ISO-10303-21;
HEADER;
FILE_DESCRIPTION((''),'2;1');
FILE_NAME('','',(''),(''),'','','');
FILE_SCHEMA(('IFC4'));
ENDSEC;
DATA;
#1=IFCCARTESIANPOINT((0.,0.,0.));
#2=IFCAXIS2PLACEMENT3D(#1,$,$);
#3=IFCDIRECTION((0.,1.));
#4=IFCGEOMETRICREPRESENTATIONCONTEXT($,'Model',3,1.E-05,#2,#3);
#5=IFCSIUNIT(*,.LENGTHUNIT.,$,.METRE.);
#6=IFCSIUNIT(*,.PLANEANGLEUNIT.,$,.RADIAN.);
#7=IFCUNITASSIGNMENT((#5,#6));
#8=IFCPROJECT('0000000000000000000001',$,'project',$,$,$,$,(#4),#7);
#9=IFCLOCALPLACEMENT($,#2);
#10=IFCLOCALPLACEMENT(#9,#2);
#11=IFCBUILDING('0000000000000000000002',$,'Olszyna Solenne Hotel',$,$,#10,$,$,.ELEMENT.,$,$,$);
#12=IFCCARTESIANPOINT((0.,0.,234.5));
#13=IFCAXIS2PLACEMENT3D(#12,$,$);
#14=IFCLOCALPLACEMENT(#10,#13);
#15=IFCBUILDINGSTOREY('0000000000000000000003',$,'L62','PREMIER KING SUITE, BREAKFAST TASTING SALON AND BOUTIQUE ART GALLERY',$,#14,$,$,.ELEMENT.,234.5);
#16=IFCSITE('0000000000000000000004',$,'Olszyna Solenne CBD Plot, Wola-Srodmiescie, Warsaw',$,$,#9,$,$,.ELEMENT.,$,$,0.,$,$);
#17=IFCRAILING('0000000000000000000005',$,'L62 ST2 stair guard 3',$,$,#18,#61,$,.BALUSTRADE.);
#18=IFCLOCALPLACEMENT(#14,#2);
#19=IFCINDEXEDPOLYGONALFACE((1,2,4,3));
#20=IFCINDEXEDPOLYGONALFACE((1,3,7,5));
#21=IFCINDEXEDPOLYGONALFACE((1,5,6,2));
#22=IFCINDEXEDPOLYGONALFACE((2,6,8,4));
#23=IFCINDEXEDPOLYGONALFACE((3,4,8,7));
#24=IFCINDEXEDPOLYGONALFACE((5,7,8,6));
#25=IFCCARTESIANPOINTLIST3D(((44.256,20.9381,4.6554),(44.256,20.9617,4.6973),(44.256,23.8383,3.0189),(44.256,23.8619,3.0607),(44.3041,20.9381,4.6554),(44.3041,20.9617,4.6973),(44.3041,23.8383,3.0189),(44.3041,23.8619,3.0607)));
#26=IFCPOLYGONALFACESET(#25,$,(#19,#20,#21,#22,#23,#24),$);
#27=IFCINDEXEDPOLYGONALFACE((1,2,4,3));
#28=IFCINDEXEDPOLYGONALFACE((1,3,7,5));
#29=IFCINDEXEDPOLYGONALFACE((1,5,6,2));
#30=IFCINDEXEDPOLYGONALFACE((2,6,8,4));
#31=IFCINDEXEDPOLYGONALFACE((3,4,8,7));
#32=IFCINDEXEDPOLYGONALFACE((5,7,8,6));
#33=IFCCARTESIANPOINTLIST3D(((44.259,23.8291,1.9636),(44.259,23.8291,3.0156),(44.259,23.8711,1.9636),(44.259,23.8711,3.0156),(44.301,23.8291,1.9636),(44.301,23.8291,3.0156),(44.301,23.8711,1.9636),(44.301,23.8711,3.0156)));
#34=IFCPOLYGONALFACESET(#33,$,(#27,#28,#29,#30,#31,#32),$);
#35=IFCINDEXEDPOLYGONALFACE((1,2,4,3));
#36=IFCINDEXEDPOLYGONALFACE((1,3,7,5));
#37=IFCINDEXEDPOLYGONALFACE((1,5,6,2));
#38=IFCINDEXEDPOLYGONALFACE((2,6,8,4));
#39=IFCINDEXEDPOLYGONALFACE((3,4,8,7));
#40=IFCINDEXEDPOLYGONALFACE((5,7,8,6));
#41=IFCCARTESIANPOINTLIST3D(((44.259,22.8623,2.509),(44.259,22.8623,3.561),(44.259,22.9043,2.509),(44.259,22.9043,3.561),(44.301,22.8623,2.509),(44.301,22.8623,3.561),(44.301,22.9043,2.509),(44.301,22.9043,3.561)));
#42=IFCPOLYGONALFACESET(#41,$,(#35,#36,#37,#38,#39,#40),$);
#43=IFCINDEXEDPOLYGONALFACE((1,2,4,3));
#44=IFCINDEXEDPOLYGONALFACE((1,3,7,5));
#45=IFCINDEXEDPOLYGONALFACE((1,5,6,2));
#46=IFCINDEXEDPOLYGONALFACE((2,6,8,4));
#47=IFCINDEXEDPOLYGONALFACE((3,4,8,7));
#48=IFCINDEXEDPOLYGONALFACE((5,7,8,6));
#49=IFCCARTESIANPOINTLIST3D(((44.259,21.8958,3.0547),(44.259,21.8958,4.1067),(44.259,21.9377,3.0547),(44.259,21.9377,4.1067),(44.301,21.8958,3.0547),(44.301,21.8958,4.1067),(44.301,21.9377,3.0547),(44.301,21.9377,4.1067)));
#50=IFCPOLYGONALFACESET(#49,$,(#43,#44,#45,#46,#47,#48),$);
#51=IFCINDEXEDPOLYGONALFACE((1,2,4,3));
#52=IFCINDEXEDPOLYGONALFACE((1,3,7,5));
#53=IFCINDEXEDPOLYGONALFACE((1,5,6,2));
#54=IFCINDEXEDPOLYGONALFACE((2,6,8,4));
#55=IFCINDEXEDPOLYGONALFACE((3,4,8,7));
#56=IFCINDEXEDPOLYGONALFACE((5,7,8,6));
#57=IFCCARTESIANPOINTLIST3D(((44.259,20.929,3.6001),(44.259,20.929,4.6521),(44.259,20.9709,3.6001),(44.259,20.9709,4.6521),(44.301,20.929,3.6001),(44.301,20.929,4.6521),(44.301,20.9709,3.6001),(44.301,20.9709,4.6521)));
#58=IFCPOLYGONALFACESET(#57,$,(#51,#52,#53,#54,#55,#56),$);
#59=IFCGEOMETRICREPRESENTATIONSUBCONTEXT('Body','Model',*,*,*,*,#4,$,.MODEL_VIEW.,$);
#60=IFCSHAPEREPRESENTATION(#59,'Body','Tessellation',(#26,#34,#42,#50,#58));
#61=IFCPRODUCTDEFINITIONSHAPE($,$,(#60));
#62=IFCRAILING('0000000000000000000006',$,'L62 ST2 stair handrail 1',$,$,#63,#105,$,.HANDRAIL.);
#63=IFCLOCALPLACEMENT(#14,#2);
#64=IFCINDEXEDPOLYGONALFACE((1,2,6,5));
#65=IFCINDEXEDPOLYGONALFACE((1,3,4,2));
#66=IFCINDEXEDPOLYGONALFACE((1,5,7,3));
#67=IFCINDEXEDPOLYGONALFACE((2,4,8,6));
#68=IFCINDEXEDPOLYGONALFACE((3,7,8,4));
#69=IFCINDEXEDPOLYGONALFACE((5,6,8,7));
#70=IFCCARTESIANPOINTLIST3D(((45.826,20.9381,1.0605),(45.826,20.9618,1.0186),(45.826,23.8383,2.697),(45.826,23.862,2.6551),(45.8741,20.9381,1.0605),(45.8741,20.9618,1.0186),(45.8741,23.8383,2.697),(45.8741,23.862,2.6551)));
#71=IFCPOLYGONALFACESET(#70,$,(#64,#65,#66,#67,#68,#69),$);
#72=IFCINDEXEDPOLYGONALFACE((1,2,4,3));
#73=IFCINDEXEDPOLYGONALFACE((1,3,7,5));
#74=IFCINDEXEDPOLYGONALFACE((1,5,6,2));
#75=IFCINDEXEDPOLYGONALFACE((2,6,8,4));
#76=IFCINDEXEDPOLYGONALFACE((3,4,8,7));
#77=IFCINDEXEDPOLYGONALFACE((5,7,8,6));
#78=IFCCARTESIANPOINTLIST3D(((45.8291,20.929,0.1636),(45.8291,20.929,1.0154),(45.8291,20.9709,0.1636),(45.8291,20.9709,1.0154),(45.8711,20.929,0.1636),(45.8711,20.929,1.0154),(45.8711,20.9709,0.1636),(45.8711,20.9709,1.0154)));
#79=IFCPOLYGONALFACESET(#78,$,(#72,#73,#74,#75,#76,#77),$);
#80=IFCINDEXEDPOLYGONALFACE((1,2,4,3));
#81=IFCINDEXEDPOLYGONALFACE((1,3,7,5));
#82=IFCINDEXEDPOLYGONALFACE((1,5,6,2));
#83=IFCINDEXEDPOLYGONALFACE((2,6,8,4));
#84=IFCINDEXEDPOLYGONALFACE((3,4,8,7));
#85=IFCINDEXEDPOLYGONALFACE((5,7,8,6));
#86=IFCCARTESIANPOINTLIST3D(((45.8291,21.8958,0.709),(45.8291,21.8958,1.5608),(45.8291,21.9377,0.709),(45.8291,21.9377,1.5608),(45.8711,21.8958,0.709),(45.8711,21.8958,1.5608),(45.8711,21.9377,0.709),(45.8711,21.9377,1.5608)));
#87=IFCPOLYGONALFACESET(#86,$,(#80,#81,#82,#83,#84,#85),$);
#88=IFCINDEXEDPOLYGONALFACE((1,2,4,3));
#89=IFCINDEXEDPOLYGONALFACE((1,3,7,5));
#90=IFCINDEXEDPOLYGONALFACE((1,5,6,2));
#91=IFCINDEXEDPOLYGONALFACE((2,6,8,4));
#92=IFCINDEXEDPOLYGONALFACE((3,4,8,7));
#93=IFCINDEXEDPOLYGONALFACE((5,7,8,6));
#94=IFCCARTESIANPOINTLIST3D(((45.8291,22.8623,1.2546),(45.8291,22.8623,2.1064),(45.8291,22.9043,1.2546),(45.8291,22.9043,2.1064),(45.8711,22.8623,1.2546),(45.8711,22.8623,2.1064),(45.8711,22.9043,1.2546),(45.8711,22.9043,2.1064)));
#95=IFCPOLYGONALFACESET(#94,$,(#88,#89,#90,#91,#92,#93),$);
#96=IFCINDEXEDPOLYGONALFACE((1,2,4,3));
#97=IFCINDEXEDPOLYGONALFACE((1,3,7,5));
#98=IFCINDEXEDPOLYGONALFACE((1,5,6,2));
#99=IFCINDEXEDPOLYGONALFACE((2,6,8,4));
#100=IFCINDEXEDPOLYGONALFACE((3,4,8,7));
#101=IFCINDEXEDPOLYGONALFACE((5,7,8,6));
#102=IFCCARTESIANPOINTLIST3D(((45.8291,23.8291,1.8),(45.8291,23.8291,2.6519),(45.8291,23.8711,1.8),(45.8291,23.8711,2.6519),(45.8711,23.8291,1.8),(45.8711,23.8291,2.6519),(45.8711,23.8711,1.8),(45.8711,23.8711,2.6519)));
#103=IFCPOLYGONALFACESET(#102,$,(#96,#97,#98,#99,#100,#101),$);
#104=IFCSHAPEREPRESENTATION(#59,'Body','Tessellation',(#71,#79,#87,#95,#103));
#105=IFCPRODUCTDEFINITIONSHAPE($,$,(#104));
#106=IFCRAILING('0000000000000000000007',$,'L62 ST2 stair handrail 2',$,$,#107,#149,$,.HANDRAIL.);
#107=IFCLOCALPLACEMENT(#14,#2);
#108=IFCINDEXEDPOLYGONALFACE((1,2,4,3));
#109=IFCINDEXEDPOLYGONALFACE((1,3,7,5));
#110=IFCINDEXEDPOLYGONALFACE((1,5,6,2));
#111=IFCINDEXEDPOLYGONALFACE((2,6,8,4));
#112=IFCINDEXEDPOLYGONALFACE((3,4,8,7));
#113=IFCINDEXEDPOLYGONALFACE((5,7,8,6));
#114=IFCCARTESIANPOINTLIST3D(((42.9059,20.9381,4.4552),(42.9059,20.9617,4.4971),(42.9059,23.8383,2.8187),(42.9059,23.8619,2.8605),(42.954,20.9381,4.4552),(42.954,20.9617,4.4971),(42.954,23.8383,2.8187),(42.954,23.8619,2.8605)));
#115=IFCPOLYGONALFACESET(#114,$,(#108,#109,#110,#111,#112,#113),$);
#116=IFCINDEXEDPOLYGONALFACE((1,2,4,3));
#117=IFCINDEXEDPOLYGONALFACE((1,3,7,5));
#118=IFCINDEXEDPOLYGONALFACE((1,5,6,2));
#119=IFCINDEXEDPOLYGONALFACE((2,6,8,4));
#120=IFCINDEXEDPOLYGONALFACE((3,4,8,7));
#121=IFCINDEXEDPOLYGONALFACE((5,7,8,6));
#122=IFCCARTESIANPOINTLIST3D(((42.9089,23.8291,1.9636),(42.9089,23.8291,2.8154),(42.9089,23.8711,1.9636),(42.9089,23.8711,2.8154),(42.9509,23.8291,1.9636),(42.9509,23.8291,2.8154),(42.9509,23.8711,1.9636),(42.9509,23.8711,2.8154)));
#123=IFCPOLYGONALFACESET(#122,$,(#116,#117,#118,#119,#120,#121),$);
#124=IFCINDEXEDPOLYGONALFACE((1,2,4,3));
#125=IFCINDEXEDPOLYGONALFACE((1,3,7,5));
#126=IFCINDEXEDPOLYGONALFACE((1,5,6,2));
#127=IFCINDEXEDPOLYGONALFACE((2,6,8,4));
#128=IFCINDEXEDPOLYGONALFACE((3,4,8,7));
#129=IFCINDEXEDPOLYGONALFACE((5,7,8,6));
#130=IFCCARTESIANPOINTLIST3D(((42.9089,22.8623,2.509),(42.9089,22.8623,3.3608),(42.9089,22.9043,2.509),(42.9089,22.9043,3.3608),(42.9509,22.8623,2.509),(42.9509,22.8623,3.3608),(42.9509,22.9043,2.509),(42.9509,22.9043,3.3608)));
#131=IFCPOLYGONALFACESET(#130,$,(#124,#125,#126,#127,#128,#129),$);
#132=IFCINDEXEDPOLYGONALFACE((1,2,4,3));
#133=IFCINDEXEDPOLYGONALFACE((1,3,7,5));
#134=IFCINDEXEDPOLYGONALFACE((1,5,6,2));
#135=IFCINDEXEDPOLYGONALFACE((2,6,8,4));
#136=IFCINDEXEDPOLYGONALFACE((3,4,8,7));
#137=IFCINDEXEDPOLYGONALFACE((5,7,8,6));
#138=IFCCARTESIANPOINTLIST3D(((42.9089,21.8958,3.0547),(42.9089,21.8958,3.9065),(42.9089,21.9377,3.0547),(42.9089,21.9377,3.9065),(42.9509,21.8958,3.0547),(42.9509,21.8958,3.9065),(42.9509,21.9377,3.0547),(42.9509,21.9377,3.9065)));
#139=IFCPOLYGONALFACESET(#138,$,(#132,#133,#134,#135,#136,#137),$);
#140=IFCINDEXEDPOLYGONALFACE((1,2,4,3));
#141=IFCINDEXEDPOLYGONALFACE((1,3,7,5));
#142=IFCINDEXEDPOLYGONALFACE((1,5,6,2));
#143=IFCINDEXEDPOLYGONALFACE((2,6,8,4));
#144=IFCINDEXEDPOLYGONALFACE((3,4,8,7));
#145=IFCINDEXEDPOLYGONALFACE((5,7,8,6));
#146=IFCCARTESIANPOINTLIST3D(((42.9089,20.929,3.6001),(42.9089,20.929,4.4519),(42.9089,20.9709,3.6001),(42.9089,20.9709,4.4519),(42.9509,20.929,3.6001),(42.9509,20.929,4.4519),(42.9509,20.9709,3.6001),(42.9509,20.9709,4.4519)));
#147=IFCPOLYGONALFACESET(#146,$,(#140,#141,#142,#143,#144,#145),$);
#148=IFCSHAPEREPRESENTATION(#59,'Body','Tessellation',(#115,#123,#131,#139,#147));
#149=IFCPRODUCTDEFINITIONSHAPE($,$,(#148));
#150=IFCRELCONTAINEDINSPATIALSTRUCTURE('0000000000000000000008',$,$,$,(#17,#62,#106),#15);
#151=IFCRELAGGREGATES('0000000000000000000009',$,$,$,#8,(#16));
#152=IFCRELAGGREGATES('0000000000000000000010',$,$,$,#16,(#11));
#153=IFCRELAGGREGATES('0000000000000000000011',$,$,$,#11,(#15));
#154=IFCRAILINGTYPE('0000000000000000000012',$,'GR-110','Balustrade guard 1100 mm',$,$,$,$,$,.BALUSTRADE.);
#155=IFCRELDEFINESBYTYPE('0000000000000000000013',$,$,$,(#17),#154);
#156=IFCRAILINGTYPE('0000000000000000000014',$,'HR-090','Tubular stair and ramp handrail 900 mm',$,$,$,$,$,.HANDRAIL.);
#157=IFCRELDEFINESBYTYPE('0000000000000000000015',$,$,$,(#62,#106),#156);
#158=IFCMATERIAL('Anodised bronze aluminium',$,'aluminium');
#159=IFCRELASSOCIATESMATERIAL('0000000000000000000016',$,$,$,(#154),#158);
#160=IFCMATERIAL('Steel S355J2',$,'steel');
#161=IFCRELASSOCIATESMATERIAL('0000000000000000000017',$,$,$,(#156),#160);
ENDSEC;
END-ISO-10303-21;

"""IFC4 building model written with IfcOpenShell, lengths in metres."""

from ifc_helpers import new_model, si_unit, direction, frame, origin, origin_2d, place, context, subcontext, project, spatial, rectangle, extrude, material, type_object, element, save


model = new_model("IFC4")

# Units and contexts
model_context = context("Model", 3, precision=1e-05, world=origin(), true_north=direction((0.0, 1.0)))
body_context = subcontext(model_context, "Body", "Model", "MODEL_VIEW")
ifc_project = project(units=[si_unit("LENGTHUNIT", "METRE"), si_unit("PLANEANGLEUNIT", "RADIAN")], contexts=[model_context])

# Site, building, storey
site_placement = place(None, origin())
site = spatial("IfcSite", under=ifc_project, at=site_placement, Name="Olszyna Solenne CBD Plot, Wola-Srodmiescie, Warsaw", CompositionType="ELEMENT", RefElevation=0.0)
building_placement = place(site_placement, origin())
building = spatial("IfcBuilding", under=site, at=building_placement, Name="Olszyna Solenne Hotel", CompositionType="ELEMENT")
storey_placement = place(building_placement, frame((0.0, 0.0, 234.5)))
storey = spatial("IfcBuildingStorey", under=building, at=storey_placement, Name="L62", Description="PREMIER KING SUITE, BREAKFAST TASTING SALON AND BOUTIQUE ART GALLERY", CompositionType="ELEMENT", Elevation=234.5)

# Shared definitions
ifc_material_1 = material(Name="Steel S355J2", Category="steel")

# Shared definitions
ifc_material_2 = material(Name="Anodised bronze aluminium", Category="aluminium")

# Railings
railing_type_1 = type_object("IfcRailingType", Name="GR-110", Description="Balustrade guard 1100 mm", PredefinedType="BALUSTRADE", material=ifc_material_2)
railing_1_placement = place(storey_placement, frame((44.28, 23.8501, 1.9636)))
element("IfcRailing", 1, at=railing_1_placement, inside=storey, type_object=railing_type_1, Name="L62 ST2 stair guard 3", PredefinedType="BALUSTRADE", context=body_context, shape_type="SweptSolid", body=[
    extrude(rectangle(XDim=0.0481, YDim=0.0481, at=origin_2d()), frame((0.0, 0.0, 1.0762), z_axis=(0.0, -0.870915, 0.491434), x_axis=(1.0, 0.0, 0.0)), (0.0, 0.0, 1.0), 3.3301),
    extrude(rectangle(XDim=0.042, YDim=0.042, at=origin_2d()), origin(), (0.0, 0.0, 1.0), 1.052),
    extrude(rectangle(XDim=0.042, YDim=0.042, at=origin_2d()), frame((0.0, -0.9668, 0.5454)), (0.0, 0.0, 1.0), 1.052),
    extrude(rectangle(XDim=0.042, YDim=0.042, at=origin_2d()), frame((0.0, -1.9333, 1.0911)), (0.0, 0.0, 1.0), 1.052),
    extrude(rectangle(XDim=0.042, YDim=0.042, at=origin_2d()), frame((0.0, -2.9001, 1.6365)), (0.0, 0.0, 1.0), 1.052),
])
railing_type_2 = type_object("IfcRailingType", Name="HR-090", Description="Tubular stair and ramp handrail 900 mm", PredefinedType="HANDRAIL", material=ifc_material_1)
railing_2_placement = place(storey_placement, frame((45.8501, 20.95, 0.1636)))
element("IfcRailing", 2, at=railing_2_placement, inside=storey, type_object=railing_type_2, Name="L62 ST2 stair handrail 1", PredefinedType="HANDRAIL", context=body_context, shape_type="SweptSolid", body=[
    extrude(rectangle(XDim=0.0481, YDim=0.0481, at=origin_2d()), frame((0.0, 0.0, 0.876), z_axis=(0.0, 0.870915, 0.491434), x_axis=(-1.0, 0.0, 0.0)), (0.0, 0.0, 1.0), 3.3301),
    extrude(rectangle(XDim=0.042, YDim=0.042, at=origin_2d()), origin(), (0.0, 0.0, 1.0), 0.8518),
    extrude(rectangle(XDim=0.042, YDim=0.042, at=origin_2d()), frame((0.0, 0.9668, 0.5454)), (0.0, 0.0, 1.0), 0.8518),
    extrude(rectangle(XDim=0.042, YDim=0.042, at=origin_2d()), frame((0.0, 1.9333, 1.0911)), (0.0, 0.0, 1.0), 0.8518),
    extrude(rectangle(XDim=0.042, YDim=0.042, at=origin_2d()), frame((0.0, 2.9001, 1.6365)), (0.0, 0.0, 1.0), 0.8518),
])
railing_3_placement = place(storey_placement, frame((42.9299, 23.8501, 1.9636)))
element("IfcRailing", 3, at=railing_3_placement, inside=storey, type_object=railing_type_2, Name="L62 ST2 stair handrail 2", PredefinedType="HANDRAIL", context=body_context, shape_type="SweptSolid", body=[
    extrude(rectangle(XDim=0.0481, YDim=0.0481, at=origin_2d()), frame((0.0, 0.0, 0.876), z_axis=(0.0, -0.870915, 0.491434), x_axis=(1.0, 0.0, 0.0)), (0.0, 0.0, 1.0), 3.3301),
    extrude(rectangle(XDim=0.042, YDim=0.042, at=origin_2d()), origin(), (0.0, 0.0, 1.0), 0.8518),
    extrude(rectangle(XDim=0.042, YDim=0.042, at=origin_2d()), frame((0.0, -0.9668, 0.5454)), (0.0, 0.0, 1.0), 0.8518),
    extrude(rectangle(XDim=0.042, YDim=0.042, at=origin_2d()), frame((0.0, -1.9333, 1.0911)), (0.0, 0.0, 1.0), 0.8518),
    extrude(rectangle(XDim=0.042, YDim=0.042, at=origin_2d()), frame((0.0, -2.9001, 1.6365)), (0.0, 0.0, 1.0), 0.8518),
])

save(model, "model.ifc")
